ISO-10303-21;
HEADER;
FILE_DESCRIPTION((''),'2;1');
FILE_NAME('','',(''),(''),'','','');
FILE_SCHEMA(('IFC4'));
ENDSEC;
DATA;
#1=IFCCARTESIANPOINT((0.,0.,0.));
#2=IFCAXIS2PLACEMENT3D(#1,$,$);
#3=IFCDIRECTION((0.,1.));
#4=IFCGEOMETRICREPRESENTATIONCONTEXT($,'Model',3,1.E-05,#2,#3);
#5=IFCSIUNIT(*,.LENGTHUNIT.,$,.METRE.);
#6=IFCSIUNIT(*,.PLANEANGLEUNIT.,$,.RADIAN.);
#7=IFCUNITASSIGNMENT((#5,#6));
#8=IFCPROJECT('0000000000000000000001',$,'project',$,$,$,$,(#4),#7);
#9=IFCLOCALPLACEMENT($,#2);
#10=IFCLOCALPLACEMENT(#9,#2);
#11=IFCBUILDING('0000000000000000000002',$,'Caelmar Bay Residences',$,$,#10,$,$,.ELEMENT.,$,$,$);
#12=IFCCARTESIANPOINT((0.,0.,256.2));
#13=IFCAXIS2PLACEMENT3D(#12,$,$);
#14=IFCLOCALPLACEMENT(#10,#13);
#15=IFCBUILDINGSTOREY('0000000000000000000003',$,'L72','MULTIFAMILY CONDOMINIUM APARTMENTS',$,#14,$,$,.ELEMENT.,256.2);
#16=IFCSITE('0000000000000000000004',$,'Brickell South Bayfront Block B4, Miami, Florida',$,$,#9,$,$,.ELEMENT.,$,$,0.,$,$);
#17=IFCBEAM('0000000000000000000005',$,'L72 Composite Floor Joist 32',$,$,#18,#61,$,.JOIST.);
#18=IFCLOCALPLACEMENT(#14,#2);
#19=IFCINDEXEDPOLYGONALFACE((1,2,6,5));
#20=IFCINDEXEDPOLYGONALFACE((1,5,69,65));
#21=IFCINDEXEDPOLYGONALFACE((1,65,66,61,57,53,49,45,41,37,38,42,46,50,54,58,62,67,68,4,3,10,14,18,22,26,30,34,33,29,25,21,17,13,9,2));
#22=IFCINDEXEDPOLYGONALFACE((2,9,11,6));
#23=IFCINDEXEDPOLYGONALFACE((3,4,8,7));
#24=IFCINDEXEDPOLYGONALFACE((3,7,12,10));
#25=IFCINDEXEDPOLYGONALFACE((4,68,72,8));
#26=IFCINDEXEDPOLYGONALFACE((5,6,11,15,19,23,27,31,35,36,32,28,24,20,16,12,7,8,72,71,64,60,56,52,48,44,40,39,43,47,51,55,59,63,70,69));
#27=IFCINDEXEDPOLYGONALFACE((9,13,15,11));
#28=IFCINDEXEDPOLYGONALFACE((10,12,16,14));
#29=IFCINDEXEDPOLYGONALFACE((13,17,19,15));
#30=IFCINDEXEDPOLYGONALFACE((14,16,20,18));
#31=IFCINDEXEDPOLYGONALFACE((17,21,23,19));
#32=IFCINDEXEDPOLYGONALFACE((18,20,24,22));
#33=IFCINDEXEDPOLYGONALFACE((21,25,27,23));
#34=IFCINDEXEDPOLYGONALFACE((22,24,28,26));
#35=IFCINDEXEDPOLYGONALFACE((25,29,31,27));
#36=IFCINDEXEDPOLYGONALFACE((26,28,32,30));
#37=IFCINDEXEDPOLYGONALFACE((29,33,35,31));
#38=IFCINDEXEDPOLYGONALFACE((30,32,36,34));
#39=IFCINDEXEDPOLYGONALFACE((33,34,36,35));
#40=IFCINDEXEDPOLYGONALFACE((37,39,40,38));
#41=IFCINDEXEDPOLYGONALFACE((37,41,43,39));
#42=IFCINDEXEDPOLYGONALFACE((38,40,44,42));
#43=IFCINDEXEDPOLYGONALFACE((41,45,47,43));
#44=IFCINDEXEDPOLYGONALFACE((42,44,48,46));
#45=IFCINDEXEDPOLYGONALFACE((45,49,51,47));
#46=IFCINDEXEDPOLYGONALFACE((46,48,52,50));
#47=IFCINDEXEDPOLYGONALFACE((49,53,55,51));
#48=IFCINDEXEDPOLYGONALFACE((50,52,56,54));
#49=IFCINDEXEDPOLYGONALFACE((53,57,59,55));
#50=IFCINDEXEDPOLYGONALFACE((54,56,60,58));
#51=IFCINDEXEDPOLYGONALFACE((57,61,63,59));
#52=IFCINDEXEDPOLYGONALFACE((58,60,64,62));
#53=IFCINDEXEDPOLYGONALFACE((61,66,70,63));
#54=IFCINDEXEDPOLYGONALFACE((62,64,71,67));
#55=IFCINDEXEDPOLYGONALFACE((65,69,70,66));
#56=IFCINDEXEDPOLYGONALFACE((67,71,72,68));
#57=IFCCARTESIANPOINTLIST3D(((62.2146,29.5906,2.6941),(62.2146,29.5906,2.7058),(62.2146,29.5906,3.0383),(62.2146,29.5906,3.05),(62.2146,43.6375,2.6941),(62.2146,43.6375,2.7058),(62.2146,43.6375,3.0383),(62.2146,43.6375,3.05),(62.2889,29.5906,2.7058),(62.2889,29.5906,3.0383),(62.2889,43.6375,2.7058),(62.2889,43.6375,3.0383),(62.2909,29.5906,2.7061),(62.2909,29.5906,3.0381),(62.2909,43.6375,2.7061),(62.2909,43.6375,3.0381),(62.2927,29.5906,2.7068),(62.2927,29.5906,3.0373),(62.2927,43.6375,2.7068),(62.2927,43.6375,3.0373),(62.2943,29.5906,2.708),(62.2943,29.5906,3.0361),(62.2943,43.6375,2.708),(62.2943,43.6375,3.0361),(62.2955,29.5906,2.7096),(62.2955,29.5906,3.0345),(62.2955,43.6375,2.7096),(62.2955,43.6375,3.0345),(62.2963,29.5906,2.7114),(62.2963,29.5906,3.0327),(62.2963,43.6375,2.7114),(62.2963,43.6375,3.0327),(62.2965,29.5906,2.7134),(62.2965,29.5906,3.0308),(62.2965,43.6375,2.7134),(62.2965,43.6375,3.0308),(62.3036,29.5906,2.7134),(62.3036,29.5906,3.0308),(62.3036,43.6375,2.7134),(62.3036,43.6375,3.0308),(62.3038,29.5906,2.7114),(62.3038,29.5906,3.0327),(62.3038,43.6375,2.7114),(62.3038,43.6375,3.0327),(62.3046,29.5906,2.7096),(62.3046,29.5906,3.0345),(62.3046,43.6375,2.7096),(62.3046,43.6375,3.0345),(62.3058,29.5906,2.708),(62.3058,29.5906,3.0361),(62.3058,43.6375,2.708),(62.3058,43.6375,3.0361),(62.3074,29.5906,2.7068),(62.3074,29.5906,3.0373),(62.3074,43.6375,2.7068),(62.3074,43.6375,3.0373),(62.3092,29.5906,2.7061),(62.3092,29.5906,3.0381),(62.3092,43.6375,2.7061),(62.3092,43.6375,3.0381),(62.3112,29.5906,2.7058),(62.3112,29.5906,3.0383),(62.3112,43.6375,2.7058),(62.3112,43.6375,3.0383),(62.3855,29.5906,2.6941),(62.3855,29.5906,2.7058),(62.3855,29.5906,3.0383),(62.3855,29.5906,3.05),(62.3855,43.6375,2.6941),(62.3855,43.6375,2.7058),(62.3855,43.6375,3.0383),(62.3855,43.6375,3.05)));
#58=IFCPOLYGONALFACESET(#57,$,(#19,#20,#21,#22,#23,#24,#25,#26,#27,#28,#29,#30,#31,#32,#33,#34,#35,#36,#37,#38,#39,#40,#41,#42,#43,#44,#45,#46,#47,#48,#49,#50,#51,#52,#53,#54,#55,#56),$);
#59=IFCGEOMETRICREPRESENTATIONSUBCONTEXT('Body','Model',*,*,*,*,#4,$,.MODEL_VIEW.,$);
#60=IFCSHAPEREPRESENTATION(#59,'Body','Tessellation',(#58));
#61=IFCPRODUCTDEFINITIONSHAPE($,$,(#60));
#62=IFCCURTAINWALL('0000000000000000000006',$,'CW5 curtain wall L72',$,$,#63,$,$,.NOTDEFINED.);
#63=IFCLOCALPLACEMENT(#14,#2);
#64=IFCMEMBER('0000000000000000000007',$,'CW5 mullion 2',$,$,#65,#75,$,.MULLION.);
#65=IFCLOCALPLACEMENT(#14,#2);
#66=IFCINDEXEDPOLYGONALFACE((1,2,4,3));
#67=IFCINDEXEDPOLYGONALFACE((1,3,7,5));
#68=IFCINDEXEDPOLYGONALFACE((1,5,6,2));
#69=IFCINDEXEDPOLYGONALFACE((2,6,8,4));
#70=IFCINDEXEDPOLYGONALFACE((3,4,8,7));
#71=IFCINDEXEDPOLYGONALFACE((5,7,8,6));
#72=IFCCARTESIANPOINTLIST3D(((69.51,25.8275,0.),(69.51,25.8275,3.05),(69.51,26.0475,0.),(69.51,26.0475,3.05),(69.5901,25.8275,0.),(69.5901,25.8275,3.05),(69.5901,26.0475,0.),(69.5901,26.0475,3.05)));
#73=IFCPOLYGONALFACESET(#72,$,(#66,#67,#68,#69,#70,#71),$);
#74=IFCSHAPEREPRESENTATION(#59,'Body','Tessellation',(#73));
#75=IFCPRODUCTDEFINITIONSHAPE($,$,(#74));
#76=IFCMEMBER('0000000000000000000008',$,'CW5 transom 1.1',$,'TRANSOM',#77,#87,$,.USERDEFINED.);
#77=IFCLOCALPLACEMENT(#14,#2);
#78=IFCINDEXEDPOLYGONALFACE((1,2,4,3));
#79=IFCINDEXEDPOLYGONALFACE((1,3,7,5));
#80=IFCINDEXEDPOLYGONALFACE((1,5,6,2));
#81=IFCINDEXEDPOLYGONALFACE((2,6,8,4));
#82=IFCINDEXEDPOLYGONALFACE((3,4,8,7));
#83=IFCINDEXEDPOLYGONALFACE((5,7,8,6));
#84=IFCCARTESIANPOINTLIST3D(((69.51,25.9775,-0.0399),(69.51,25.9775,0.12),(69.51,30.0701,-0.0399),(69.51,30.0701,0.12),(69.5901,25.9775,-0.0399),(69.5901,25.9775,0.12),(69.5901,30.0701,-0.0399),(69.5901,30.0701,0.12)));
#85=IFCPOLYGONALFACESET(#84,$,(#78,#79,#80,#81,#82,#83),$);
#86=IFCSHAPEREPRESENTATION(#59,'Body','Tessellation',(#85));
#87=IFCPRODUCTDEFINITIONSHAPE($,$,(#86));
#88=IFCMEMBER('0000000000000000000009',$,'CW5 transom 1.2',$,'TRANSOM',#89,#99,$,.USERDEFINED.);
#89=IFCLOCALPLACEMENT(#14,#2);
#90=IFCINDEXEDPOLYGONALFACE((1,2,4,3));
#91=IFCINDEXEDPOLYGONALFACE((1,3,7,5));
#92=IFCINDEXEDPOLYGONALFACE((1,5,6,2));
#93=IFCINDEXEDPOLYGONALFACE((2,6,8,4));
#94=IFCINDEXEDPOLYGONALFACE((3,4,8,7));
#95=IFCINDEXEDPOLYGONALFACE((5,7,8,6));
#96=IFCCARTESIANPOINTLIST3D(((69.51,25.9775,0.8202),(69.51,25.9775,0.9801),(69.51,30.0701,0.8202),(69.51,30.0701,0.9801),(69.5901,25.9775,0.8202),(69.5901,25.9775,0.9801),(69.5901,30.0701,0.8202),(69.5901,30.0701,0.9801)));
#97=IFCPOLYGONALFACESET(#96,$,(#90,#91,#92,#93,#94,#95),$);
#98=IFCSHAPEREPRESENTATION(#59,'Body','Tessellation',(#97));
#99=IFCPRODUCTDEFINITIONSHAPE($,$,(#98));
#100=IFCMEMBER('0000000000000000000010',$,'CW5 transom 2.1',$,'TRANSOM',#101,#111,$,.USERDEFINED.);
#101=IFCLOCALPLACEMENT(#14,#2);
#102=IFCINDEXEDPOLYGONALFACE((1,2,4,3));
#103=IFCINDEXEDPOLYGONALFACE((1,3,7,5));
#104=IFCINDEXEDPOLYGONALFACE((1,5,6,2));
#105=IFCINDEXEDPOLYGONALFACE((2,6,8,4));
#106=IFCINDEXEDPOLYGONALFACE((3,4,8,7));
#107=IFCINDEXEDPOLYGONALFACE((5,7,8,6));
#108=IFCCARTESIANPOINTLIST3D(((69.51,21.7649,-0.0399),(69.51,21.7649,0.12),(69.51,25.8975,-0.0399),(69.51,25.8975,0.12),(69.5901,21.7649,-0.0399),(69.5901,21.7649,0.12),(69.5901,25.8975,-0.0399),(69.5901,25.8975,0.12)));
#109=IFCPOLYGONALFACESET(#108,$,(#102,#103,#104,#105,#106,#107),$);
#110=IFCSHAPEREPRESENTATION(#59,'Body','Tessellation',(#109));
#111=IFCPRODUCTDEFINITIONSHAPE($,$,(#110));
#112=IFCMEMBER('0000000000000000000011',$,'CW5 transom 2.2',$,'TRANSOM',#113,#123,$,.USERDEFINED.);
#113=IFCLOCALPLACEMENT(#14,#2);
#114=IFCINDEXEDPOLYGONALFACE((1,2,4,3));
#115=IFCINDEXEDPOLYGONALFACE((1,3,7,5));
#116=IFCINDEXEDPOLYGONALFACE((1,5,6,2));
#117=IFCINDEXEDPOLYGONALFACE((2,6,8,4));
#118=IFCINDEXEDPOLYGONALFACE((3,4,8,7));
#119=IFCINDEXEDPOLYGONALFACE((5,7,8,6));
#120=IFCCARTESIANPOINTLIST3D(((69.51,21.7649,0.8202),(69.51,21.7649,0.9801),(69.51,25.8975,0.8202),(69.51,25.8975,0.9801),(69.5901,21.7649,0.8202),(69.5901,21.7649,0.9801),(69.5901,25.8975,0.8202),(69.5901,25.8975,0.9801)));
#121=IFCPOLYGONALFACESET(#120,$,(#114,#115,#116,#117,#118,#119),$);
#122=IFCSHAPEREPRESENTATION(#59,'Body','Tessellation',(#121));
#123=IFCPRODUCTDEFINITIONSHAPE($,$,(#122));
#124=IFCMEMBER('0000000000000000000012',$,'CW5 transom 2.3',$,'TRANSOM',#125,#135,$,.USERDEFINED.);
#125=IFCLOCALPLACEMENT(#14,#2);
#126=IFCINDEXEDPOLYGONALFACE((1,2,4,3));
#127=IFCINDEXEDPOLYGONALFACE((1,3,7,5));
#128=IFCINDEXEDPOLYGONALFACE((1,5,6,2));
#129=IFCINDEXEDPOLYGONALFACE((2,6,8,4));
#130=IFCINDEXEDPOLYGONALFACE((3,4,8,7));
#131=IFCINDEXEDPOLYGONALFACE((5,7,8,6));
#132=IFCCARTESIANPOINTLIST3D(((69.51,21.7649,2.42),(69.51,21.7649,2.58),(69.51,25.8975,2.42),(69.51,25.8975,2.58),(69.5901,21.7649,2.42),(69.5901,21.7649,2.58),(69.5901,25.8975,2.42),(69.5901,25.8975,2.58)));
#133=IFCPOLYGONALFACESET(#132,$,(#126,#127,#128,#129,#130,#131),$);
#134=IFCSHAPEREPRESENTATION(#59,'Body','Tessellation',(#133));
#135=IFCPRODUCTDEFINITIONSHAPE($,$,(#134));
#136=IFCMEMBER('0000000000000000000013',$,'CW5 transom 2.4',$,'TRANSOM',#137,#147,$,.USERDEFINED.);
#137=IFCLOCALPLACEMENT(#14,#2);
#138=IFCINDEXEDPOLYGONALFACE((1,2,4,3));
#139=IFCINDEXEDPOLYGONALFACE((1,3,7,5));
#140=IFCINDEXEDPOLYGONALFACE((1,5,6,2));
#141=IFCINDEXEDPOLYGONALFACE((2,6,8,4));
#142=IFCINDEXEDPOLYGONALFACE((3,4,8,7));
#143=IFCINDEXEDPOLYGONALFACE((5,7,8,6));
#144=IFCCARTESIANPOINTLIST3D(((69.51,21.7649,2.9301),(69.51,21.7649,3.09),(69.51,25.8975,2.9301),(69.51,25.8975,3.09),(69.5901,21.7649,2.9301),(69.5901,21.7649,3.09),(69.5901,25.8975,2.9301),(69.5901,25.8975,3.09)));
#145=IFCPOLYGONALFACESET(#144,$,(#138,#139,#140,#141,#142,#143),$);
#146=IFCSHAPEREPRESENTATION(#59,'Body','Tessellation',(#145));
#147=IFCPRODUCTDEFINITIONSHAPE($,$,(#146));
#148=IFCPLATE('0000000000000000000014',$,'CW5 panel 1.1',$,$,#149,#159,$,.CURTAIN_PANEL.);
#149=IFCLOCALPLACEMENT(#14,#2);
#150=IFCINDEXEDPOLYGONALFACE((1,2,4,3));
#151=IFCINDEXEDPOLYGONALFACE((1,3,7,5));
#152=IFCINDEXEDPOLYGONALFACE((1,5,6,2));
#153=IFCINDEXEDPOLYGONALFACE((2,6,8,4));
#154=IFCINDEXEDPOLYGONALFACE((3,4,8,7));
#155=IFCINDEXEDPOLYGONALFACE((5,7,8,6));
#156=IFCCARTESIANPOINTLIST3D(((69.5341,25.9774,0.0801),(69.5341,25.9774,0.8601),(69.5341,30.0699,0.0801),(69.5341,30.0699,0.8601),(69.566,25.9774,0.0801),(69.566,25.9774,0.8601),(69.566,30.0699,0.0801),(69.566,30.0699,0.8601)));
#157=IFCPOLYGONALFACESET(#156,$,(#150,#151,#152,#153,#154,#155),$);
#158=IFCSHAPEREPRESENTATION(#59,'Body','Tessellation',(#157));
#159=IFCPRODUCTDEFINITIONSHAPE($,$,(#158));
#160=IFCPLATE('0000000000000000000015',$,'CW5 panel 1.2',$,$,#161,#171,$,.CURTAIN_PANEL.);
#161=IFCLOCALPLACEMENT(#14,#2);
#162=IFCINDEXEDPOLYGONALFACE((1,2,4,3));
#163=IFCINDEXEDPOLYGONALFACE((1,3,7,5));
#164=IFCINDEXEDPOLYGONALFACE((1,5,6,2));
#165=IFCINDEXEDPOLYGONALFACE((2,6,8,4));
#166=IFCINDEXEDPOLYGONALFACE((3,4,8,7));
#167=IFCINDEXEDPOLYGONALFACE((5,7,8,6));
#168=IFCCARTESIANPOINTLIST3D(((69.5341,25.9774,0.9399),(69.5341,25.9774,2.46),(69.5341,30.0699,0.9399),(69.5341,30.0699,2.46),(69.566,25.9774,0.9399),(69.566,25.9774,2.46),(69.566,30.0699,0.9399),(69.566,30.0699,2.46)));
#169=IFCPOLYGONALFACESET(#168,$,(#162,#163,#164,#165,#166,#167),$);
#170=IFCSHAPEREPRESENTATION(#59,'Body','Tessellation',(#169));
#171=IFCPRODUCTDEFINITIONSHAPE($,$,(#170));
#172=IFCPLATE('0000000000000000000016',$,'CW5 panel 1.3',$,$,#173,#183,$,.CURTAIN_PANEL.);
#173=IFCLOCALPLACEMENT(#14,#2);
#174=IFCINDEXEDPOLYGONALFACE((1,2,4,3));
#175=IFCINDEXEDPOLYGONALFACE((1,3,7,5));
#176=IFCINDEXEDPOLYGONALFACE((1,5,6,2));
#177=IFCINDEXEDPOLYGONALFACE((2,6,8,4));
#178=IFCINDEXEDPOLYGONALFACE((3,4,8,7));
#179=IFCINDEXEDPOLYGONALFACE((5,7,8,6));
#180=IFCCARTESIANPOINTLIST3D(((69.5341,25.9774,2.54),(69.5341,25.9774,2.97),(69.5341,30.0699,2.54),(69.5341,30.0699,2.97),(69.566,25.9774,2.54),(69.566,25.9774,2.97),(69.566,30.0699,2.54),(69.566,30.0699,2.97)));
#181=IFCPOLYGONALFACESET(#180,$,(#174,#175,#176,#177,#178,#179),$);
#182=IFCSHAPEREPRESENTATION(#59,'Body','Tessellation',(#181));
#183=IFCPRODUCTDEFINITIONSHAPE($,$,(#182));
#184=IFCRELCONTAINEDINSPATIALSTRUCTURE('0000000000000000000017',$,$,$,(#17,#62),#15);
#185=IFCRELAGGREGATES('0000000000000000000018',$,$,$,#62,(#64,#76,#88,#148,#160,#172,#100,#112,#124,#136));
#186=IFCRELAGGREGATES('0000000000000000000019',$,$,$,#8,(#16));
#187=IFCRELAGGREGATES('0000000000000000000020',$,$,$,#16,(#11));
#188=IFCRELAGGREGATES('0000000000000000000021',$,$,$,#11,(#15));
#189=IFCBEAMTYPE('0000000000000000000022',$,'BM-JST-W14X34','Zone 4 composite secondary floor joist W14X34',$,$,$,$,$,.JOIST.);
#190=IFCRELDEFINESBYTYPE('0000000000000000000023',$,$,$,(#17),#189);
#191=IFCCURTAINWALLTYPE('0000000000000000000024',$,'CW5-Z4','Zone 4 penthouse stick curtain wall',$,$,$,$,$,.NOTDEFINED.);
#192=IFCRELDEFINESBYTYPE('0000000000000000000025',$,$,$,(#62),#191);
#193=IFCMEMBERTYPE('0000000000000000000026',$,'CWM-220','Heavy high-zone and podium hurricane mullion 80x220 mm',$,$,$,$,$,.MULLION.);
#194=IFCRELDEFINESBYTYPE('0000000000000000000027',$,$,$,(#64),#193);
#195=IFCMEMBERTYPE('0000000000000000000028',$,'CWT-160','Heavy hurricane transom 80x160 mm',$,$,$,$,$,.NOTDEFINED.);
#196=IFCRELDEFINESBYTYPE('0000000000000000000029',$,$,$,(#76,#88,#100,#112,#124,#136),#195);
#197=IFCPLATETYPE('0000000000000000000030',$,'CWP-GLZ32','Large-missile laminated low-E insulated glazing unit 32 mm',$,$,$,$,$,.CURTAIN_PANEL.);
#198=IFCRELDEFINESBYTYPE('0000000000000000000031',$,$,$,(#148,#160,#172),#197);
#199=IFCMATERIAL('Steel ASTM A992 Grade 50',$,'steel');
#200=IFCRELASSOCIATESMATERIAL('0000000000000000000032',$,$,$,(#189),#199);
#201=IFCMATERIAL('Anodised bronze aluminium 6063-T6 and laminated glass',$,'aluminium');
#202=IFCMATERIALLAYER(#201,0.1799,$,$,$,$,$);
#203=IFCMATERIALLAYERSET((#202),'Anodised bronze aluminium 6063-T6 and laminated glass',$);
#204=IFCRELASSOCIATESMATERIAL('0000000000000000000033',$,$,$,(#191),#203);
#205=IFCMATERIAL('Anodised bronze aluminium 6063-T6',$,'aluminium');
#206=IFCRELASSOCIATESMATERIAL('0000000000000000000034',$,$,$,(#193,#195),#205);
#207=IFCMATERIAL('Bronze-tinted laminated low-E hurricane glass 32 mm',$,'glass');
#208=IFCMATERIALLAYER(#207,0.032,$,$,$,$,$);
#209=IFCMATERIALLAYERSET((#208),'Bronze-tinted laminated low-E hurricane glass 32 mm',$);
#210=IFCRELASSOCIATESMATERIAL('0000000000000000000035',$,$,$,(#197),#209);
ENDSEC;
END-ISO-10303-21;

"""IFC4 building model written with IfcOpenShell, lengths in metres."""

from ifc_helpers import new_model, si_unit, direction, frame, origin, origin_2d, place, context, subcontext, project, spatial, rectangle, i_section, extrude, material, layer, layer_set, material_profile, profile_set, type_object, element, aggregate, save


model = new_model("IFC4")

# Units and contexts
model_context = context("Model", 3, precision=1e-05, world=origin(), true_north=direction((0.0, 1.0)))
body_context = subcontext(model_context, "Body", "Model", "MODEL_VIEW")
ifc_project = project(units=[si_unit("LENGTHUNIT", "METRE"), si_unit("PLANEANGLEUNIT", "RADIAN")], contexts=[model_context])

# Site, building, storey
site_placement = place(None, origin())
site = spatial("IfcSite", under=ifc_project, at=site_placement, Name="Brickell South Bayfront Block B4, Miami, Florida", CompositionType="ELEMENT", RefElevation=0.0)
building_placement = place(site_placement, origin())
building = spatial("IfcBuilding", under=site, at=building_placement, Name="Caelmar Bay Residences", CompositionType="ELEMENT")
storey_placement = place(building_placement, frame((0.0, 0.0, 256.2)))
storey = spatial("IfcBuildingStorey", under=building, at=storey_placement, Name="L72", Description="MULTIFAMILY CONDOMINIUM APARTMENTS", CompositionType="ELEMENT", Elevation=256.2)

# Beam
ifc_material_1 = material(Name="Steel ASTM A992 Grade 50", Category="steel")
ifc_material_profile_1 = material_profile(ifc_material_1, i_section(OverallWidth=0.1709, OverallDepth=0.356, WebThickness=0.0071, FlangeThickness=0.0117, FilletRadius=0.0076, at=origin_2d()), Name="W14X34")
ifc_profile_set_1 = profile_set([ifc_material_profile_1], Name="Steel ASTM A992 Grade 50")
beam_type_1 = type_object("IfcBeamType", Name="BM-JST-W14X34", Description="Zone 4 composite secondary floor joist W14X34", PredefinedType="JOIST", material=ifc_profile_set_1)
beam_1_placement = place(storey_placement, frame((62.3, 29.5906, 2.8721), z_axis=(0.0, 1.0, 0.0), x_axis=(-1.0, 0.0, 0.0)))
element("IfcBeam", 1, at=beam_1_placement, inside=storey, type_object=beam_type_1, Name="L72 Composite Floor Joist 32", PredefinedType="JOIST", context=body_context, shape_type="SweptSolid", body=[
    extrude(i_section(OverallWidth=0.1709, OverallDepth=0.356, WebThickness=0.0071, FlangeThickness=0.0117, FilletRadius=0.0076, at=origin_2d()), origin(), (0.0, 0.0, 1.0), 14.0469),
])

# Curtain wall, members, plates
ifc_material_2 = material(Name="Anodised bronze aluminium 6063-T6 and laminated glass", Category="aluminium")
ifc_layer_1 = layer(ifc_material_2, 0.1799)
ifc_layer_set_1 = layer_set([ifc_layer_1], Name="Anodised bronze aluminium 6063-T6 and laminated glass")
curtain_wall_type = type_object("IfcCurtainWallType", Name="CW5-Z4", Description="Zone 4 penthouse stick curtain wall", PredefinedType="NOTDEFINED", material=ifc_layer_set_1)
curtain_wall_placement = place(storey_placement, origin())
curtain_wall = element("IfcCurtainWall", 2, at=curtain_wall_placement, inside=storey, type_object=curtain_wall_type, Name="CW5 curtain wall L72", PredefinedType="NOTDEFINED")
ifc_material_3 = material(Name="Anodised bronze aluminium 6063-T6", Category="aluminium")
ifc_material_profile_2 = material_profile(ifc_material_3, rectangle(XDim=0.0801, YDim=0.22, at=origin_2d()), Name="CWM-80X220")
ifc_profile_set_2 = profile_set([ifc_material_profile_2], Name="Anodised bronze aluminium 6063-T6")
member_type_1 = type_object("IfcMemberType", Name="CWM-220", Description="Heavy high-zone and podium hurricane mullion 80x220 mm", PredefinedType="MULLION", material=ifc_profile_set_2)
member_1_placement = place(storey_placement, frame((69.55, 25.9375, 0.0), z_axis=(0.0, 0.0, 1.0), x_axis=(1.0, 0.0, 0.0)))
member_1 = element("IfcMember", 3, at=member_1_placement, type_object=member_type_1, Name="CW5 mullion 2", PredefinedType="MULLION", context=body_context, shape_type="SweptSolid", body=[
    extrude(rectangle(XDim=0.0801, YDim=0.22, at=origin_2d()), origin(), (0.0, 0.0, 1.0), 3.05),
])
ifc_material_profile_3 = material_profile(ifc_material_3, rectangle(XDim=0.0801, YDim=0.1599, at=origin_2d()), Name="CWT-80X160")
ifc_profile_set_3 = profile_set([ifc_material_profile_3], Name="Anodised bronze aluminium 6063-T6")
member_type_2 = type_object("IfcMemberType", Name="CWT-160", Description="Heavy hurricane transom 80x160 mm", PredefinedType="NOTDEFINED", material=ifc_profile_set_3)
member_2_placement = place(storey_placement, frame((69.55, 30.0701, 0.04), z_axis=(0.0, -1.0, 0.0), x_axis=(1.0, 0.0, 0.0)))
member_2 = element("IfcMember", 4, at=member_2_placement, type_object=member_type_2, Name="CW5 transom 1.1", ObjectType="TRANSOM", PredefinedType="USERDEFINED", context=body_context, shape_type="SweptSolid", body=[
    extrude(rectangle(XDim=0.0801, YDim=0.1599, at=origin_2d()), origin(), (0.0, 0.0, 1.0), 4.0925),
])
member_3_placement = place(storey_placement, frame((69.55, 30.0701, 0.9001), z_axis=(0.0, -1.0, 0.0), x_axis=(1.0, 0.0, 0.0)))
member_3 = element("IfcMember", 5, at=member_3_placement, type_object=member_type_2, Name="CW5 transom 1.2", ObjectType="TRANSOM", PredefinedType="USERDEFINED", context=body_context, shape_type="SweptSolid", body=[
    extrude(rectangle(XDim=0.0801, YDim=0.1599, at=origin_2d()), origin(), (0.0, 0.0, 1.0), 4.0925),
])
member_4_placement = place(storey_placement, frame((69.55, 25.8975, 0.04), z_axis=(0.0, -1.0, 0.0), x_axis=(1.0, 0.0, 0.0)))
member_4 = element("IfcMember", 6, at=member_4_placement, type_object=member_type_2, Name="CW5 transom 2.1", ObjectType="TRANSOM", PredefinedType="USERDEFINED", context=body_context, shape_type="SweptSolid", body=[
    extrude(rectangle(XDim=0.0801, YDim=0.1599, at=origin_2d()), origin(), (0.0, 0.0, 1.0), 4.1326),
])
member_5_placement = place(storey_placement, frame((69.55, 25.8975, 0.9001), z_axis=(0.0, -1.0, 0.0), x_axis=(1.0, 0.0, 0.0)))
member_5 = element("IfcMember", 7, at=member_5_placement, type_object=member_type_2, Name="CW5 transom 2.2", ObjectType="TRANSOM", PredefinedType="USERDEFINED", context=body_context, shape_type="SweptSolid", body=[
    extrude(rectangle(XDim=0.0801, YDim=0.1599, at=origin_2d()), origin(), (0.0, 0.0, 1.0), 4.1326),
])
member_6_placement = place(storey_placement, frame((69.55, 25.8975, 2.5), z_axis=(0.0, -1.0, 0.0), x_axis=(1.0, 0.0, 0.0)))
member_6 = element("IfcMember", 8, at=member_6_placement, type_object=member_type_2, Name="CW5 transom 2.3", ObjectType="TRANSOM", PredefinedType="USERDEFINED", context=body_context, shape_type="SweptSolid", body=[
    extrude(rectangle(XDim=0.0801, YDim=0.1599, at=origin_2d()), origin(), (0.0, 0.0, 1.0), 4.1326),
])
member_7_placement = place(storey_placement, frame((69.55, 25.8975, 3.01), z_axis=(0.0, -1.0, 0.0), x_axis=(1.0, 0.0, 0.0)))
member_7 = element("IfcMember", 9, at=member_7_placement, type_object=member_type_2, Name="CW5 transom 2.4", ObjectType="TRANSOM", PredefinedType="USERDEFINED", context=body_context, shape_type="SweptSolid", body=[
    extrude(rectangle(XDim=0.0801, YDim=0.1599, at=origin_2d()), origin(), (0.0, 0.0, 1.0), 4.1326),
])
ifc_material_4 = material(Name="Bronze-tinted laminated low-E hurricane glass 32 mm", Category="glass")
ifc_layer_2 = layer(ifc_material_4, 0.032)
ifc_layer_set_2 = layer_set([ifc_layer_2], Name="Bronze-tinted laminated low-E hurricane glass 32 mm")
plate_type = type_object("IfcPlateType", Name="CWP-GLZ32", Description="Large-missile laminated low-E insulated glazing unit 32 mm", PredefinedType="CURTAIN_PANEL", material=ifc_layer_set_2)
plate_1_placement = place(storey_placement, frame((69.55, 28.0237, 0.0801), z_axis=(0.0, 0.0, 1.0), x_axis=(0.0, -1.0, 0.0)))
plate_1 = element("IfcPlate", 10, at=plate_1_placement, type_object=plate_type, Name="CW5 panel 1.1", PredefinedType="CURTAIN_PANEL", context=body_context, shape_type="SweptSolid", body=[
    extrude(rectangle(XDim=4.0925, YDim=0.032, at=origin_2d()), origin(), (0.0, 0.0, 1.0), 0.78),
])
plate_2_placement = place(storey_placement, frame((69.55, 28.0237, 0.9399), z_axis=(0.0, 0.0, 1.0), x_axis=(0.0, -1.0, 0.0)))
plate_2 = element("IfcPlate", 11, at=plate_2_placement, type_object=plate_type, Name="CW5 panel 1.2", PredefinedType="CURTAIN_PANEL", context=body_context, shape_type="SweptSolid", body=[
    extrude(rectangle(XDim=4.0925, YDim=0.032, at=origin_2d()), origin(), (0.0, 0.0, 1.0), 1.52),
])
plate_3_placement = place(storey_placement, frame((69.55, 28.0237, 2.54), z_axis=(0.0, 0.0, 1.0), x_axis=(0.0, -1.0, 0.0)))
plate_3 = element("IfcPlate", 12, at=plate_3_placement, type_object=plate_type, Name="CW5 panel 1.3", PredefinedType="CURTAIN_PANEL", context=body_context, shape_type="SweptSolid", body=[
    extrude(rectangle(XDim=4.0925, YDim=0.032, at=origin_2d()), origin(), (0.0, 0.0, 1.0), 0.4299),
])
aggregate(curtain_wall, [member_1, member_2, member_3, plate_1, plate_2, plate_3, member_4, member_5, member_6, member_7])

save(model, "model.ifc")
